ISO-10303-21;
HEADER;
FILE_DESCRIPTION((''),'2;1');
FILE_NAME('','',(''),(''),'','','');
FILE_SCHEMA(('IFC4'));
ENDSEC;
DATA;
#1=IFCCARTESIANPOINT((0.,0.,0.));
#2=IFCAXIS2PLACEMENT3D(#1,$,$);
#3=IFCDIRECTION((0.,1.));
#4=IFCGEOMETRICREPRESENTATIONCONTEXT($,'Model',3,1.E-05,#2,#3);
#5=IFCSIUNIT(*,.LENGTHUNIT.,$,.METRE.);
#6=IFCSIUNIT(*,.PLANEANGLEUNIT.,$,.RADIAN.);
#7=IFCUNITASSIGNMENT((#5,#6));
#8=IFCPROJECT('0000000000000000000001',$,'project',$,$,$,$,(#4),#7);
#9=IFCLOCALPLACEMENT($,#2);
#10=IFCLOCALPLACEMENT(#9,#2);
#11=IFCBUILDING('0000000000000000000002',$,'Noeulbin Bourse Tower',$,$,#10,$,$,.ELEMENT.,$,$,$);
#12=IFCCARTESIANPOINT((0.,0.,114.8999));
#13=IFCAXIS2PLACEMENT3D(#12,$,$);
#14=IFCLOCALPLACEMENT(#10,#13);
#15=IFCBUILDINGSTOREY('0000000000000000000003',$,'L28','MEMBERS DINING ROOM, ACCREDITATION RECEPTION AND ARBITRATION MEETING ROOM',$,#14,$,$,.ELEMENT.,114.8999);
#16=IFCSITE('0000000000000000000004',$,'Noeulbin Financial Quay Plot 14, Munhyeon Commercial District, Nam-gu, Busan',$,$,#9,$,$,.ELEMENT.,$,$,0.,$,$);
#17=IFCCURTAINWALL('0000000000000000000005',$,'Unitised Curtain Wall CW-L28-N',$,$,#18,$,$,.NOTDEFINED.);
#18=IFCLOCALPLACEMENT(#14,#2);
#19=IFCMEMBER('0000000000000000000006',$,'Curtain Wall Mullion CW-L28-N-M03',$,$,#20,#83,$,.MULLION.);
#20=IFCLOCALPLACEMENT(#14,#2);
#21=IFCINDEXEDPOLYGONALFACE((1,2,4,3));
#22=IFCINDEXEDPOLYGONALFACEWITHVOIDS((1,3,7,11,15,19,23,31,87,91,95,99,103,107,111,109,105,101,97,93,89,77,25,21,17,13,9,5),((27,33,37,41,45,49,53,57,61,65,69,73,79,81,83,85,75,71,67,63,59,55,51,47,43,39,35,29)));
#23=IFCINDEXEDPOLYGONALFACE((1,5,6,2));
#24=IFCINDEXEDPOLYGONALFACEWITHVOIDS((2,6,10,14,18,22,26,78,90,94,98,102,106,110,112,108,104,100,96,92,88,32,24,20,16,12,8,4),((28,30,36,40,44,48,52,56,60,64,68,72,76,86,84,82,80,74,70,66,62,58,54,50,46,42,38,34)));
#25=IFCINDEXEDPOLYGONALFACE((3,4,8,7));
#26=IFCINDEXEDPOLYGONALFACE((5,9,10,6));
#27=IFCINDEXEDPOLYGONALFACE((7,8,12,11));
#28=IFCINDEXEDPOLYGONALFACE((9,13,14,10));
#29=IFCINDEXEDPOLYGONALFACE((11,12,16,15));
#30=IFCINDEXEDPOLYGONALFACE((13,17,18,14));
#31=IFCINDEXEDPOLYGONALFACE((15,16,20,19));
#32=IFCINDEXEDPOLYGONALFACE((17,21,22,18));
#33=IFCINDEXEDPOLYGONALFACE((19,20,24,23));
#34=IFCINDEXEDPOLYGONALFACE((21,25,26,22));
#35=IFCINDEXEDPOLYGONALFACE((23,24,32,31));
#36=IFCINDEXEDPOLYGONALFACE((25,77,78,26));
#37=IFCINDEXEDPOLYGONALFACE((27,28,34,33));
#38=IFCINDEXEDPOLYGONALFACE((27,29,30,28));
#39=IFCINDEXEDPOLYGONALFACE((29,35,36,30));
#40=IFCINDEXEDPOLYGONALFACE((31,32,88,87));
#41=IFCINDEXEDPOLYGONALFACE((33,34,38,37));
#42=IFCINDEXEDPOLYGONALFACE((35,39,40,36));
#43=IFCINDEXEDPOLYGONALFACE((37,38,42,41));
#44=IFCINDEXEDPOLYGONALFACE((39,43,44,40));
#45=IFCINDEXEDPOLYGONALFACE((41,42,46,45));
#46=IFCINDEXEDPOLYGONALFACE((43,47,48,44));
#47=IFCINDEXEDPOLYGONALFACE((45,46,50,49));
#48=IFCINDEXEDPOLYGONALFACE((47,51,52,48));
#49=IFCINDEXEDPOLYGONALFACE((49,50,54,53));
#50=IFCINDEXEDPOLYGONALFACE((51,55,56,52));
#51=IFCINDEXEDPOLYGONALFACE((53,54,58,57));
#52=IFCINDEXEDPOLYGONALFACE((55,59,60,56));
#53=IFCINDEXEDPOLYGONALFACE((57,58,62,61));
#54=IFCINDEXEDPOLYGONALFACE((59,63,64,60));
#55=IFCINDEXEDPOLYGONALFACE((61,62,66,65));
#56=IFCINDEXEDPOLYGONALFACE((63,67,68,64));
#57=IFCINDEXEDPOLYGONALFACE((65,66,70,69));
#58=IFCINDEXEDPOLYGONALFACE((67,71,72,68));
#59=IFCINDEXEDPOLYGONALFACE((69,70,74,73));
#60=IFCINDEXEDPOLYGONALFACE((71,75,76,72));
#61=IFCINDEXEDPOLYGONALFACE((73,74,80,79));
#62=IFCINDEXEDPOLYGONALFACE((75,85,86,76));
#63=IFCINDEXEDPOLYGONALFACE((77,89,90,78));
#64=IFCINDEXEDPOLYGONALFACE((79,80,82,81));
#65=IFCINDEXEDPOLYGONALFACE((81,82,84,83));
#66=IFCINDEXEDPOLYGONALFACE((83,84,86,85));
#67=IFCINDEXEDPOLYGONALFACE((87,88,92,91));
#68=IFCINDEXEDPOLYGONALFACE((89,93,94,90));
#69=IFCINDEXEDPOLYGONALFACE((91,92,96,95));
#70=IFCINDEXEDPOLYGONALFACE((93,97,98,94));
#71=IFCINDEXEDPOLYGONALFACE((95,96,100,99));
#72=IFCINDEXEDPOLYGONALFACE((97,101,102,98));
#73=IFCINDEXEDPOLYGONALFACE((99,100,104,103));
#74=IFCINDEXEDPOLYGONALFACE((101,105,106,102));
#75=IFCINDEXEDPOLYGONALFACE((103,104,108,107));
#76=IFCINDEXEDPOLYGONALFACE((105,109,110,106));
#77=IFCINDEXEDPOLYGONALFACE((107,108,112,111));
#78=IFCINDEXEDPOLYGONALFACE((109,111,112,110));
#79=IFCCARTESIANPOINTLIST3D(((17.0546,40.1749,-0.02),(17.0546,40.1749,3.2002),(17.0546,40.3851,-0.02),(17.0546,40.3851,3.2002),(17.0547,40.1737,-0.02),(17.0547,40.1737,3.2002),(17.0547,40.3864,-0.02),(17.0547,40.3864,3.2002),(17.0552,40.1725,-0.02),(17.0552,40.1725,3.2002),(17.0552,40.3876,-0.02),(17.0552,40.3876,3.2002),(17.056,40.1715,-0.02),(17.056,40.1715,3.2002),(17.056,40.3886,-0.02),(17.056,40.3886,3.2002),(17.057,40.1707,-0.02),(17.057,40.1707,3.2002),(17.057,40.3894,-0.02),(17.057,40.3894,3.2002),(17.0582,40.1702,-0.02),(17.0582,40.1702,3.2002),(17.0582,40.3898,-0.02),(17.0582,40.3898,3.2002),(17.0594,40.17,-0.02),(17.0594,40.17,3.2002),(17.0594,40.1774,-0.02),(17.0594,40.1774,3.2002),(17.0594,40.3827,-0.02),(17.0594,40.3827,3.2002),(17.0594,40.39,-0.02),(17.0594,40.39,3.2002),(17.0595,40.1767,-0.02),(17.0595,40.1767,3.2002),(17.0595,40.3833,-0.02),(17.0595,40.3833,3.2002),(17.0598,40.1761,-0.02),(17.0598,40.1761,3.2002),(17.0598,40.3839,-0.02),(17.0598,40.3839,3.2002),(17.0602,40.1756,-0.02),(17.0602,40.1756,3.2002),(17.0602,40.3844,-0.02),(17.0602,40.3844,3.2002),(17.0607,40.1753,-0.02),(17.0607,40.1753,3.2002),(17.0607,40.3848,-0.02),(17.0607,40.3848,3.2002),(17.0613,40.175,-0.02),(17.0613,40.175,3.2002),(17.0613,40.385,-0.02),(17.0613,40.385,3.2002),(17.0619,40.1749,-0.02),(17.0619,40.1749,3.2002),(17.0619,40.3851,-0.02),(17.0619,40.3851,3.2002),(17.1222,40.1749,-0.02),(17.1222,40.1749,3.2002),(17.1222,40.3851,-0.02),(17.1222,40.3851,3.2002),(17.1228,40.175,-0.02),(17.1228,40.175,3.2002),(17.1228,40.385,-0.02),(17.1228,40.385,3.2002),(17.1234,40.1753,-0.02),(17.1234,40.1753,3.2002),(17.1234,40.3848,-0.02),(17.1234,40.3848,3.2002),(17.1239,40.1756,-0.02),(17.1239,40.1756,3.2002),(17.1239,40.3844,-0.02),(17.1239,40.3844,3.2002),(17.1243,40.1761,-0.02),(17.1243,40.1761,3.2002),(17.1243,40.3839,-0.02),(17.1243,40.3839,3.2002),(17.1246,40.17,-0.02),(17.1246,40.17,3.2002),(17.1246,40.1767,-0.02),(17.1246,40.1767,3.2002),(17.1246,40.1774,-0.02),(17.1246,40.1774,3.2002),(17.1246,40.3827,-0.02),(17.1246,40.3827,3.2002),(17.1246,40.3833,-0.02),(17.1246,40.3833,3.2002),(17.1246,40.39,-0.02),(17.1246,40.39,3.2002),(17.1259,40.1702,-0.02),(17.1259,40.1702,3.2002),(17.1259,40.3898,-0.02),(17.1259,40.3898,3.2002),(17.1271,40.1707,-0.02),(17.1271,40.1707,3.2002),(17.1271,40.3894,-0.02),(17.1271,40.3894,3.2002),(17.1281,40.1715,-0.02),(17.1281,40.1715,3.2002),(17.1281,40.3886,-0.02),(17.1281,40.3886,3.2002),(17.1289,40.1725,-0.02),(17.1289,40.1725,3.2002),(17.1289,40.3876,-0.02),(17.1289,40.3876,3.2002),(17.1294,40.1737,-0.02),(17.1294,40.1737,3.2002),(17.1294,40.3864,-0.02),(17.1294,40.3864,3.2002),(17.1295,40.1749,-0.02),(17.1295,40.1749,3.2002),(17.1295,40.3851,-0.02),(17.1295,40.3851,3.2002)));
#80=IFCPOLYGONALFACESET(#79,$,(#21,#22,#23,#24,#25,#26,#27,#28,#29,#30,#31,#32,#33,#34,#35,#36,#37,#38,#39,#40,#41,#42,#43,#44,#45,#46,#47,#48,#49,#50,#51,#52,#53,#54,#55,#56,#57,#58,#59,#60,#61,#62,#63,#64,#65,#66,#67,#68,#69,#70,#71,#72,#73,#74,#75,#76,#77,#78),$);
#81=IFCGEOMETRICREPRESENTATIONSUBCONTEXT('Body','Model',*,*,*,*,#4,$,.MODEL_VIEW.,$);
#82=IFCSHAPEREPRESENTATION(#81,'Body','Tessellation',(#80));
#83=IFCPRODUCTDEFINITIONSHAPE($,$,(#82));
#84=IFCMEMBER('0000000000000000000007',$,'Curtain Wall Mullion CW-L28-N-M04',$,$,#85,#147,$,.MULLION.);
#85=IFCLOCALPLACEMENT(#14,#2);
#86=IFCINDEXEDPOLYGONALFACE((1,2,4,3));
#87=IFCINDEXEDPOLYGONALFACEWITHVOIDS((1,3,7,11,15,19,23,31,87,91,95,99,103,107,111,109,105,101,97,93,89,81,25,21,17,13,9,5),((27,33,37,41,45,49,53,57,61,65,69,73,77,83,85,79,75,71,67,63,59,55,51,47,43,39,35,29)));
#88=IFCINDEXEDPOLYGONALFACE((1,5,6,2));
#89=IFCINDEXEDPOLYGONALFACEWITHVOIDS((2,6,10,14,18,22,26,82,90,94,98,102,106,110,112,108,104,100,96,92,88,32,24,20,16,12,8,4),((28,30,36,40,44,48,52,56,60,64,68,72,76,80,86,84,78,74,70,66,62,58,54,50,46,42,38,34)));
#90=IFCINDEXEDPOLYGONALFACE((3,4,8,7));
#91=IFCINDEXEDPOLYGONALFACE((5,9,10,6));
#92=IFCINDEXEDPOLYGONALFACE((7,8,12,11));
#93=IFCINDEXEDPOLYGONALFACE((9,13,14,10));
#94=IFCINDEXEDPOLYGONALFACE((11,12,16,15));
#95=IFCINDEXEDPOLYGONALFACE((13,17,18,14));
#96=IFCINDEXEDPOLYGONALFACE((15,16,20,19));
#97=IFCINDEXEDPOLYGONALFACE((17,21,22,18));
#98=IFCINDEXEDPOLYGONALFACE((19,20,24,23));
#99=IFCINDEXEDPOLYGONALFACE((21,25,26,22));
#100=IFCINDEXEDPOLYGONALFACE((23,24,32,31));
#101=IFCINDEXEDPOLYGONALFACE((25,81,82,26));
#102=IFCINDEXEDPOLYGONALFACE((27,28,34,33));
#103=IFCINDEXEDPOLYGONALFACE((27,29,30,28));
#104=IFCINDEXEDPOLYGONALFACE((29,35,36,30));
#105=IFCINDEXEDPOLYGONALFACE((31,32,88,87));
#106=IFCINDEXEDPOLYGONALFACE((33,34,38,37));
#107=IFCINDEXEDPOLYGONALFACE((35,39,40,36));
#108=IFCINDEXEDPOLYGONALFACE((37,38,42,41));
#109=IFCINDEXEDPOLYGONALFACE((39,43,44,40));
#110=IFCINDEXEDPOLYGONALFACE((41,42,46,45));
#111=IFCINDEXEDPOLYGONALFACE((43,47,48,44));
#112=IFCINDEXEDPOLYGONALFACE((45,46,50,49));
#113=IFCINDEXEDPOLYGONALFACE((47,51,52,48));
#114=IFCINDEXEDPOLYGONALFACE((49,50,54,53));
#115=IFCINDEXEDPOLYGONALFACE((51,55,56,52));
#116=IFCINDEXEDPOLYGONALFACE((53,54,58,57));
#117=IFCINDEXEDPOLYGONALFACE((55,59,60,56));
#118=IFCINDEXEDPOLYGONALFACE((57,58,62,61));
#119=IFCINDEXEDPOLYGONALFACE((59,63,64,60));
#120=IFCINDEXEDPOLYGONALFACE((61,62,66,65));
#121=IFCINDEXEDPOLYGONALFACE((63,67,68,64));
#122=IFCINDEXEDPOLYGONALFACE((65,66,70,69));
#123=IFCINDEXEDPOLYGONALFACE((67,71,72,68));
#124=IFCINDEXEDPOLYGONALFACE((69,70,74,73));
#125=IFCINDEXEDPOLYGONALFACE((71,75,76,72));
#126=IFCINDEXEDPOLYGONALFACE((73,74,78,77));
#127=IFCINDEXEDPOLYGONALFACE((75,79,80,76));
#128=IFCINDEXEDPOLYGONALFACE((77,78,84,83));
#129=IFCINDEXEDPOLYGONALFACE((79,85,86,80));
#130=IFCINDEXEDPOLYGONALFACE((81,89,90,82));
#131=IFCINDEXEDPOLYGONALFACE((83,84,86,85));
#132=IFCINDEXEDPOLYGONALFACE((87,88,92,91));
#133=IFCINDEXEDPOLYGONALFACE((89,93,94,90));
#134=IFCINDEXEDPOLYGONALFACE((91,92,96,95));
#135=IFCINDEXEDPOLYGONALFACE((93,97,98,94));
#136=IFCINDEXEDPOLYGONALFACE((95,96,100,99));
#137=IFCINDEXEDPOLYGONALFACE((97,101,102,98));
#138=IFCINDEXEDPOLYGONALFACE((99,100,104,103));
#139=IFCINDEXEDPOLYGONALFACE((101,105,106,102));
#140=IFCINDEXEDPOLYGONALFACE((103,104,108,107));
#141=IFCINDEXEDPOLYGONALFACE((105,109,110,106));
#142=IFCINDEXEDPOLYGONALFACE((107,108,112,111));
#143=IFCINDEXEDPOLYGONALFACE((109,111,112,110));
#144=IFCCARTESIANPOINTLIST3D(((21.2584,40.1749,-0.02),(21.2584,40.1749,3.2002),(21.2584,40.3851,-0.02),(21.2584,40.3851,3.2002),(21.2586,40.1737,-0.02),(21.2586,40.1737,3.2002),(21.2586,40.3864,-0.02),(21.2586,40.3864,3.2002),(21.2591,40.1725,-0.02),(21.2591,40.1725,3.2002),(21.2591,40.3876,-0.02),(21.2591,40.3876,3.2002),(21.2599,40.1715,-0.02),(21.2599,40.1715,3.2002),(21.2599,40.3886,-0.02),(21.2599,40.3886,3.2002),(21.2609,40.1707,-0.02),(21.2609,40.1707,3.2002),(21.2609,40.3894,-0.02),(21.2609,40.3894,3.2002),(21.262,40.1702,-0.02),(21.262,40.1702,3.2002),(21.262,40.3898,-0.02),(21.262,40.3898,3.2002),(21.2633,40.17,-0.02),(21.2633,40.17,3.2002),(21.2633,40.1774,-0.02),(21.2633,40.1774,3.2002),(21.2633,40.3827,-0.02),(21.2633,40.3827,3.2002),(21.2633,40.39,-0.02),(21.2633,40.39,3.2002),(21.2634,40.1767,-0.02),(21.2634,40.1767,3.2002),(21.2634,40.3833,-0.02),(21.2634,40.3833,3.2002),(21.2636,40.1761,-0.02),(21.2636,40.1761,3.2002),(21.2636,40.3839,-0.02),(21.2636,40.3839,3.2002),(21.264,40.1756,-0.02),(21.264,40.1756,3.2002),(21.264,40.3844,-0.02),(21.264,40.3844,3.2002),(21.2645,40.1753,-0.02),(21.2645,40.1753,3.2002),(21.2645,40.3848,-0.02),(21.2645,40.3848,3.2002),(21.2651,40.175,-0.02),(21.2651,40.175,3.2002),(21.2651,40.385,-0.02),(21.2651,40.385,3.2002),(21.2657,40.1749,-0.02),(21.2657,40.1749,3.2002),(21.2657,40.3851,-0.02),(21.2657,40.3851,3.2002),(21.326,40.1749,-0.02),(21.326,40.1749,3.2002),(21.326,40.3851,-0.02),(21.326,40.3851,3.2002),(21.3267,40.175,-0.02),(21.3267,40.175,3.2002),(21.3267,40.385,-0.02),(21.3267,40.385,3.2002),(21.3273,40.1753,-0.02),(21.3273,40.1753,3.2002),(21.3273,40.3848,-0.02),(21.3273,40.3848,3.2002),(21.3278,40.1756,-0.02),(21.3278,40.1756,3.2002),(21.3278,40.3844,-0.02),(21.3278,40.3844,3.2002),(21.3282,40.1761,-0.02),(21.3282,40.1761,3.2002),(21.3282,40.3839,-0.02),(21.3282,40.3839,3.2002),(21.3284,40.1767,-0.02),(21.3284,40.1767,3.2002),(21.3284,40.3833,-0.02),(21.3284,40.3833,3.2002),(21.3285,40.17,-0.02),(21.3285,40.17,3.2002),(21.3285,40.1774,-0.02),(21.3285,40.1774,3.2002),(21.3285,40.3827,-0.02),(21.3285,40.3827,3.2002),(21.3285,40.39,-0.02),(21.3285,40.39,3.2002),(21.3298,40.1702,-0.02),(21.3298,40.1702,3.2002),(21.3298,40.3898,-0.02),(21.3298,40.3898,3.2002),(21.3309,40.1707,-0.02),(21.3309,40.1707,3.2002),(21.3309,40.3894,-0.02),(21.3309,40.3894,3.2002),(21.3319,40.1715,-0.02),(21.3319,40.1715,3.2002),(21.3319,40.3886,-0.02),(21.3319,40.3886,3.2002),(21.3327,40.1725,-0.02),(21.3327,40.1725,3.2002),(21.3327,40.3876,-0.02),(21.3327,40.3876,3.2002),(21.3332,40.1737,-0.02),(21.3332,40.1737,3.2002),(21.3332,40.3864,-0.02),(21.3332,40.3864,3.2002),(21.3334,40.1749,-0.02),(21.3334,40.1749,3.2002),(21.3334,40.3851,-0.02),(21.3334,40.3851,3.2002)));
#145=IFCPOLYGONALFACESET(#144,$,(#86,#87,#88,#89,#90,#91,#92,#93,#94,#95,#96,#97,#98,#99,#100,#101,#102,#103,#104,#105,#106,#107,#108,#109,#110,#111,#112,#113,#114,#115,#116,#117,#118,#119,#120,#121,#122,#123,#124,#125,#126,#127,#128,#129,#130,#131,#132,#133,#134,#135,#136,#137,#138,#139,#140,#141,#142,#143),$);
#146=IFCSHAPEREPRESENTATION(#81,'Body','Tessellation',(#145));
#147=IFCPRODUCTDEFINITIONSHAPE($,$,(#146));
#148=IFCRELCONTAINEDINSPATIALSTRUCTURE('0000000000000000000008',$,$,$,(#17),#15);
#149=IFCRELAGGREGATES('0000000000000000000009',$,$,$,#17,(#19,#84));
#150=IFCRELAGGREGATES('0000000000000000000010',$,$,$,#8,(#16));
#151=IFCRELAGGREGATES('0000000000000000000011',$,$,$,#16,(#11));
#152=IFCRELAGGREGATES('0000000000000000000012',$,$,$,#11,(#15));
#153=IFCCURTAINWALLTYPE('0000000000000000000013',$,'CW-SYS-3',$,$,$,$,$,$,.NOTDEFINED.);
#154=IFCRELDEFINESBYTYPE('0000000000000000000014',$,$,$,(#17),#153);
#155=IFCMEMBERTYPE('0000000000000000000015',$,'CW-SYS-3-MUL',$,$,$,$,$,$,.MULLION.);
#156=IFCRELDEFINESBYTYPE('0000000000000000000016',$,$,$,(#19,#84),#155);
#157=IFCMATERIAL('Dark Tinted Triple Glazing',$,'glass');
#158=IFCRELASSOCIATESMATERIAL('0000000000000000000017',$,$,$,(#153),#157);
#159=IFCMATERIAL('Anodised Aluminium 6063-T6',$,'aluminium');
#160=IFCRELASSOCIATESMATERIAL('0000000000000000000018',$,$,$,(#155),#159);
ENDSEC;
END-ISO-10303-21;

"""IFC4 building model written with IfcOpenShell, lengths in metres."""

from ifc_helpers import new_model, si_unit, direction, frame, origin, origin_2d, place, context, subcontext, project, spatial, hollow_rectangle, extrude, material, material_profile, profile_set, type_object, element, aggregate, save


model = new_model("IFC4")

# Units and contexts
model_context = context("Model", 3, precision=1e-05, world=origin(), true_north=direction((0.0, 1.0)))
body_context = subcontext(model_context, "Body", "Model", "MODEL_VIEW")
ifc_project = project(units=[si_unit("LENGTHUNIT", "METRE"), si_unit("PLANEANGLEUNIT", "RADIAN")], contexts=[model_context])

# Site, building, storey
site_placement = place(None, origin())
site = spatial("IfcSite", under=ifc_project, at=site_placement, Name="Noeulbin Financial Quay Plot 14, Munhyeon Commercial District, Nam-gu, Busan", CompositionType="ELEMENT", RefElevation=0.0)
building_placement = place(site_placement, origin())
building = spatial("IfcBuilding", under=site, at=building_placement, Name="Noeulbin Bourse Tower", CompositionType="ELEMENT")
storey_placement = place(building_placement, frame((0.0, 0.0, 114.8999)))
storey = spatial("IfcBuildingStorey", under=building, at=storey_placement, Name="L28", Description="MEMBERS DINING ROOM, ACCREDITATION RECEPTION AND ARBITRATION MEETING ROOM", CompositionType="ELEMENT", Elevation=114.8999)

# Curtain wall, members
ifc_material_1 = material(Name="Dark Tinted Triple Glazing", Category="glass")
curtain_wall_type = type_object("IfcCurtainWallType", Name="CW-SYS-3", PredefinedType="NOTDEFINED", material=ifc_material_1)
curtain_wall_placement = place(storey_placement, origin())
curtain_wall = element("IfcCurtainWall", 1, at=curtain_wall_placement, inside=storey, type_object=curtain_wall_type, Name="Unitised Curtain Wall CW-L28-N", PredefinedType="NOTDEFINED")
ifc_material_2 = material(Name="Anodised Aluminium 6063-T6", Category="aluminium")
ifc_material_profile_1 = material_profile(ifc_material_2, hollow_rectangle(XDim=0.075, YDim=0.22, WallThickness=0.0049, InnerFilletRadius=0.0024, OuterFilletRadius=0.0049, at=origin_2d()), Name="ALU-MULL-75x220x5", Category="LoadBearing")
ifc_profile_set_1 = profile_set([ifc_material_profile_1], Name="Anodised Aluminium 6063-T6")
member_type = type_object("IfcMemberType", Name="CW-SYS-3-MUL", PredefinedType="MULLION", material=ifc_profile_set_1)
member_1_placement = place(storey_placement, frame((17.092, 40.28, -0.02), z_axis=(0.0, 0.0, 1.0), x_axis=(1.0, 0.0, 0.0)))
member_1 = element("IfcMember", 2, at=member_1_placement, type_object=member_type, Name="Curtain Wall Mullion CW-L28-N-M03", PredefinedType="MULLION", context=body_context, shape_type="SweptSolid", body=[
    extrude(hollow_rectangle(XDim=0.075, YDim=0.22, WallThickness=0.0049, InnerFilletRadius=0.0024, OuterFilletRadius=0.0049, at=origin_2d()), origin(), (0.0, 0.0, 1.0), 3.2202),
])
member_2_placement = place(storey_placement, frame((21.2959, 40.28, -0.02), z_axis=(0.0, 0.0, 1.0), x_axis=(1.0, 0.0, 0.0)))
member_2 = element("IfcMember", 3, at=member_2_placement, type_object=member_type, Name="Curtain Wall Mullion CW-L28-N-M04", PredefinedType="MULLION", context=body_context, shape_type="SweptSolid", body=[
    extrude(hollow_rectangle(XDim=0.075, YDim=0.22, WallThickness=0.0049, InnerFilletRadius=0.0024, OuterFilletRadius=0.0049, at=origin_2d()), origin(), (0.0, 0.0, 1.0), 3.2202),
])
aggregate(curtain_wall, [member_1, member_2])

save(model, "model.ifc")
